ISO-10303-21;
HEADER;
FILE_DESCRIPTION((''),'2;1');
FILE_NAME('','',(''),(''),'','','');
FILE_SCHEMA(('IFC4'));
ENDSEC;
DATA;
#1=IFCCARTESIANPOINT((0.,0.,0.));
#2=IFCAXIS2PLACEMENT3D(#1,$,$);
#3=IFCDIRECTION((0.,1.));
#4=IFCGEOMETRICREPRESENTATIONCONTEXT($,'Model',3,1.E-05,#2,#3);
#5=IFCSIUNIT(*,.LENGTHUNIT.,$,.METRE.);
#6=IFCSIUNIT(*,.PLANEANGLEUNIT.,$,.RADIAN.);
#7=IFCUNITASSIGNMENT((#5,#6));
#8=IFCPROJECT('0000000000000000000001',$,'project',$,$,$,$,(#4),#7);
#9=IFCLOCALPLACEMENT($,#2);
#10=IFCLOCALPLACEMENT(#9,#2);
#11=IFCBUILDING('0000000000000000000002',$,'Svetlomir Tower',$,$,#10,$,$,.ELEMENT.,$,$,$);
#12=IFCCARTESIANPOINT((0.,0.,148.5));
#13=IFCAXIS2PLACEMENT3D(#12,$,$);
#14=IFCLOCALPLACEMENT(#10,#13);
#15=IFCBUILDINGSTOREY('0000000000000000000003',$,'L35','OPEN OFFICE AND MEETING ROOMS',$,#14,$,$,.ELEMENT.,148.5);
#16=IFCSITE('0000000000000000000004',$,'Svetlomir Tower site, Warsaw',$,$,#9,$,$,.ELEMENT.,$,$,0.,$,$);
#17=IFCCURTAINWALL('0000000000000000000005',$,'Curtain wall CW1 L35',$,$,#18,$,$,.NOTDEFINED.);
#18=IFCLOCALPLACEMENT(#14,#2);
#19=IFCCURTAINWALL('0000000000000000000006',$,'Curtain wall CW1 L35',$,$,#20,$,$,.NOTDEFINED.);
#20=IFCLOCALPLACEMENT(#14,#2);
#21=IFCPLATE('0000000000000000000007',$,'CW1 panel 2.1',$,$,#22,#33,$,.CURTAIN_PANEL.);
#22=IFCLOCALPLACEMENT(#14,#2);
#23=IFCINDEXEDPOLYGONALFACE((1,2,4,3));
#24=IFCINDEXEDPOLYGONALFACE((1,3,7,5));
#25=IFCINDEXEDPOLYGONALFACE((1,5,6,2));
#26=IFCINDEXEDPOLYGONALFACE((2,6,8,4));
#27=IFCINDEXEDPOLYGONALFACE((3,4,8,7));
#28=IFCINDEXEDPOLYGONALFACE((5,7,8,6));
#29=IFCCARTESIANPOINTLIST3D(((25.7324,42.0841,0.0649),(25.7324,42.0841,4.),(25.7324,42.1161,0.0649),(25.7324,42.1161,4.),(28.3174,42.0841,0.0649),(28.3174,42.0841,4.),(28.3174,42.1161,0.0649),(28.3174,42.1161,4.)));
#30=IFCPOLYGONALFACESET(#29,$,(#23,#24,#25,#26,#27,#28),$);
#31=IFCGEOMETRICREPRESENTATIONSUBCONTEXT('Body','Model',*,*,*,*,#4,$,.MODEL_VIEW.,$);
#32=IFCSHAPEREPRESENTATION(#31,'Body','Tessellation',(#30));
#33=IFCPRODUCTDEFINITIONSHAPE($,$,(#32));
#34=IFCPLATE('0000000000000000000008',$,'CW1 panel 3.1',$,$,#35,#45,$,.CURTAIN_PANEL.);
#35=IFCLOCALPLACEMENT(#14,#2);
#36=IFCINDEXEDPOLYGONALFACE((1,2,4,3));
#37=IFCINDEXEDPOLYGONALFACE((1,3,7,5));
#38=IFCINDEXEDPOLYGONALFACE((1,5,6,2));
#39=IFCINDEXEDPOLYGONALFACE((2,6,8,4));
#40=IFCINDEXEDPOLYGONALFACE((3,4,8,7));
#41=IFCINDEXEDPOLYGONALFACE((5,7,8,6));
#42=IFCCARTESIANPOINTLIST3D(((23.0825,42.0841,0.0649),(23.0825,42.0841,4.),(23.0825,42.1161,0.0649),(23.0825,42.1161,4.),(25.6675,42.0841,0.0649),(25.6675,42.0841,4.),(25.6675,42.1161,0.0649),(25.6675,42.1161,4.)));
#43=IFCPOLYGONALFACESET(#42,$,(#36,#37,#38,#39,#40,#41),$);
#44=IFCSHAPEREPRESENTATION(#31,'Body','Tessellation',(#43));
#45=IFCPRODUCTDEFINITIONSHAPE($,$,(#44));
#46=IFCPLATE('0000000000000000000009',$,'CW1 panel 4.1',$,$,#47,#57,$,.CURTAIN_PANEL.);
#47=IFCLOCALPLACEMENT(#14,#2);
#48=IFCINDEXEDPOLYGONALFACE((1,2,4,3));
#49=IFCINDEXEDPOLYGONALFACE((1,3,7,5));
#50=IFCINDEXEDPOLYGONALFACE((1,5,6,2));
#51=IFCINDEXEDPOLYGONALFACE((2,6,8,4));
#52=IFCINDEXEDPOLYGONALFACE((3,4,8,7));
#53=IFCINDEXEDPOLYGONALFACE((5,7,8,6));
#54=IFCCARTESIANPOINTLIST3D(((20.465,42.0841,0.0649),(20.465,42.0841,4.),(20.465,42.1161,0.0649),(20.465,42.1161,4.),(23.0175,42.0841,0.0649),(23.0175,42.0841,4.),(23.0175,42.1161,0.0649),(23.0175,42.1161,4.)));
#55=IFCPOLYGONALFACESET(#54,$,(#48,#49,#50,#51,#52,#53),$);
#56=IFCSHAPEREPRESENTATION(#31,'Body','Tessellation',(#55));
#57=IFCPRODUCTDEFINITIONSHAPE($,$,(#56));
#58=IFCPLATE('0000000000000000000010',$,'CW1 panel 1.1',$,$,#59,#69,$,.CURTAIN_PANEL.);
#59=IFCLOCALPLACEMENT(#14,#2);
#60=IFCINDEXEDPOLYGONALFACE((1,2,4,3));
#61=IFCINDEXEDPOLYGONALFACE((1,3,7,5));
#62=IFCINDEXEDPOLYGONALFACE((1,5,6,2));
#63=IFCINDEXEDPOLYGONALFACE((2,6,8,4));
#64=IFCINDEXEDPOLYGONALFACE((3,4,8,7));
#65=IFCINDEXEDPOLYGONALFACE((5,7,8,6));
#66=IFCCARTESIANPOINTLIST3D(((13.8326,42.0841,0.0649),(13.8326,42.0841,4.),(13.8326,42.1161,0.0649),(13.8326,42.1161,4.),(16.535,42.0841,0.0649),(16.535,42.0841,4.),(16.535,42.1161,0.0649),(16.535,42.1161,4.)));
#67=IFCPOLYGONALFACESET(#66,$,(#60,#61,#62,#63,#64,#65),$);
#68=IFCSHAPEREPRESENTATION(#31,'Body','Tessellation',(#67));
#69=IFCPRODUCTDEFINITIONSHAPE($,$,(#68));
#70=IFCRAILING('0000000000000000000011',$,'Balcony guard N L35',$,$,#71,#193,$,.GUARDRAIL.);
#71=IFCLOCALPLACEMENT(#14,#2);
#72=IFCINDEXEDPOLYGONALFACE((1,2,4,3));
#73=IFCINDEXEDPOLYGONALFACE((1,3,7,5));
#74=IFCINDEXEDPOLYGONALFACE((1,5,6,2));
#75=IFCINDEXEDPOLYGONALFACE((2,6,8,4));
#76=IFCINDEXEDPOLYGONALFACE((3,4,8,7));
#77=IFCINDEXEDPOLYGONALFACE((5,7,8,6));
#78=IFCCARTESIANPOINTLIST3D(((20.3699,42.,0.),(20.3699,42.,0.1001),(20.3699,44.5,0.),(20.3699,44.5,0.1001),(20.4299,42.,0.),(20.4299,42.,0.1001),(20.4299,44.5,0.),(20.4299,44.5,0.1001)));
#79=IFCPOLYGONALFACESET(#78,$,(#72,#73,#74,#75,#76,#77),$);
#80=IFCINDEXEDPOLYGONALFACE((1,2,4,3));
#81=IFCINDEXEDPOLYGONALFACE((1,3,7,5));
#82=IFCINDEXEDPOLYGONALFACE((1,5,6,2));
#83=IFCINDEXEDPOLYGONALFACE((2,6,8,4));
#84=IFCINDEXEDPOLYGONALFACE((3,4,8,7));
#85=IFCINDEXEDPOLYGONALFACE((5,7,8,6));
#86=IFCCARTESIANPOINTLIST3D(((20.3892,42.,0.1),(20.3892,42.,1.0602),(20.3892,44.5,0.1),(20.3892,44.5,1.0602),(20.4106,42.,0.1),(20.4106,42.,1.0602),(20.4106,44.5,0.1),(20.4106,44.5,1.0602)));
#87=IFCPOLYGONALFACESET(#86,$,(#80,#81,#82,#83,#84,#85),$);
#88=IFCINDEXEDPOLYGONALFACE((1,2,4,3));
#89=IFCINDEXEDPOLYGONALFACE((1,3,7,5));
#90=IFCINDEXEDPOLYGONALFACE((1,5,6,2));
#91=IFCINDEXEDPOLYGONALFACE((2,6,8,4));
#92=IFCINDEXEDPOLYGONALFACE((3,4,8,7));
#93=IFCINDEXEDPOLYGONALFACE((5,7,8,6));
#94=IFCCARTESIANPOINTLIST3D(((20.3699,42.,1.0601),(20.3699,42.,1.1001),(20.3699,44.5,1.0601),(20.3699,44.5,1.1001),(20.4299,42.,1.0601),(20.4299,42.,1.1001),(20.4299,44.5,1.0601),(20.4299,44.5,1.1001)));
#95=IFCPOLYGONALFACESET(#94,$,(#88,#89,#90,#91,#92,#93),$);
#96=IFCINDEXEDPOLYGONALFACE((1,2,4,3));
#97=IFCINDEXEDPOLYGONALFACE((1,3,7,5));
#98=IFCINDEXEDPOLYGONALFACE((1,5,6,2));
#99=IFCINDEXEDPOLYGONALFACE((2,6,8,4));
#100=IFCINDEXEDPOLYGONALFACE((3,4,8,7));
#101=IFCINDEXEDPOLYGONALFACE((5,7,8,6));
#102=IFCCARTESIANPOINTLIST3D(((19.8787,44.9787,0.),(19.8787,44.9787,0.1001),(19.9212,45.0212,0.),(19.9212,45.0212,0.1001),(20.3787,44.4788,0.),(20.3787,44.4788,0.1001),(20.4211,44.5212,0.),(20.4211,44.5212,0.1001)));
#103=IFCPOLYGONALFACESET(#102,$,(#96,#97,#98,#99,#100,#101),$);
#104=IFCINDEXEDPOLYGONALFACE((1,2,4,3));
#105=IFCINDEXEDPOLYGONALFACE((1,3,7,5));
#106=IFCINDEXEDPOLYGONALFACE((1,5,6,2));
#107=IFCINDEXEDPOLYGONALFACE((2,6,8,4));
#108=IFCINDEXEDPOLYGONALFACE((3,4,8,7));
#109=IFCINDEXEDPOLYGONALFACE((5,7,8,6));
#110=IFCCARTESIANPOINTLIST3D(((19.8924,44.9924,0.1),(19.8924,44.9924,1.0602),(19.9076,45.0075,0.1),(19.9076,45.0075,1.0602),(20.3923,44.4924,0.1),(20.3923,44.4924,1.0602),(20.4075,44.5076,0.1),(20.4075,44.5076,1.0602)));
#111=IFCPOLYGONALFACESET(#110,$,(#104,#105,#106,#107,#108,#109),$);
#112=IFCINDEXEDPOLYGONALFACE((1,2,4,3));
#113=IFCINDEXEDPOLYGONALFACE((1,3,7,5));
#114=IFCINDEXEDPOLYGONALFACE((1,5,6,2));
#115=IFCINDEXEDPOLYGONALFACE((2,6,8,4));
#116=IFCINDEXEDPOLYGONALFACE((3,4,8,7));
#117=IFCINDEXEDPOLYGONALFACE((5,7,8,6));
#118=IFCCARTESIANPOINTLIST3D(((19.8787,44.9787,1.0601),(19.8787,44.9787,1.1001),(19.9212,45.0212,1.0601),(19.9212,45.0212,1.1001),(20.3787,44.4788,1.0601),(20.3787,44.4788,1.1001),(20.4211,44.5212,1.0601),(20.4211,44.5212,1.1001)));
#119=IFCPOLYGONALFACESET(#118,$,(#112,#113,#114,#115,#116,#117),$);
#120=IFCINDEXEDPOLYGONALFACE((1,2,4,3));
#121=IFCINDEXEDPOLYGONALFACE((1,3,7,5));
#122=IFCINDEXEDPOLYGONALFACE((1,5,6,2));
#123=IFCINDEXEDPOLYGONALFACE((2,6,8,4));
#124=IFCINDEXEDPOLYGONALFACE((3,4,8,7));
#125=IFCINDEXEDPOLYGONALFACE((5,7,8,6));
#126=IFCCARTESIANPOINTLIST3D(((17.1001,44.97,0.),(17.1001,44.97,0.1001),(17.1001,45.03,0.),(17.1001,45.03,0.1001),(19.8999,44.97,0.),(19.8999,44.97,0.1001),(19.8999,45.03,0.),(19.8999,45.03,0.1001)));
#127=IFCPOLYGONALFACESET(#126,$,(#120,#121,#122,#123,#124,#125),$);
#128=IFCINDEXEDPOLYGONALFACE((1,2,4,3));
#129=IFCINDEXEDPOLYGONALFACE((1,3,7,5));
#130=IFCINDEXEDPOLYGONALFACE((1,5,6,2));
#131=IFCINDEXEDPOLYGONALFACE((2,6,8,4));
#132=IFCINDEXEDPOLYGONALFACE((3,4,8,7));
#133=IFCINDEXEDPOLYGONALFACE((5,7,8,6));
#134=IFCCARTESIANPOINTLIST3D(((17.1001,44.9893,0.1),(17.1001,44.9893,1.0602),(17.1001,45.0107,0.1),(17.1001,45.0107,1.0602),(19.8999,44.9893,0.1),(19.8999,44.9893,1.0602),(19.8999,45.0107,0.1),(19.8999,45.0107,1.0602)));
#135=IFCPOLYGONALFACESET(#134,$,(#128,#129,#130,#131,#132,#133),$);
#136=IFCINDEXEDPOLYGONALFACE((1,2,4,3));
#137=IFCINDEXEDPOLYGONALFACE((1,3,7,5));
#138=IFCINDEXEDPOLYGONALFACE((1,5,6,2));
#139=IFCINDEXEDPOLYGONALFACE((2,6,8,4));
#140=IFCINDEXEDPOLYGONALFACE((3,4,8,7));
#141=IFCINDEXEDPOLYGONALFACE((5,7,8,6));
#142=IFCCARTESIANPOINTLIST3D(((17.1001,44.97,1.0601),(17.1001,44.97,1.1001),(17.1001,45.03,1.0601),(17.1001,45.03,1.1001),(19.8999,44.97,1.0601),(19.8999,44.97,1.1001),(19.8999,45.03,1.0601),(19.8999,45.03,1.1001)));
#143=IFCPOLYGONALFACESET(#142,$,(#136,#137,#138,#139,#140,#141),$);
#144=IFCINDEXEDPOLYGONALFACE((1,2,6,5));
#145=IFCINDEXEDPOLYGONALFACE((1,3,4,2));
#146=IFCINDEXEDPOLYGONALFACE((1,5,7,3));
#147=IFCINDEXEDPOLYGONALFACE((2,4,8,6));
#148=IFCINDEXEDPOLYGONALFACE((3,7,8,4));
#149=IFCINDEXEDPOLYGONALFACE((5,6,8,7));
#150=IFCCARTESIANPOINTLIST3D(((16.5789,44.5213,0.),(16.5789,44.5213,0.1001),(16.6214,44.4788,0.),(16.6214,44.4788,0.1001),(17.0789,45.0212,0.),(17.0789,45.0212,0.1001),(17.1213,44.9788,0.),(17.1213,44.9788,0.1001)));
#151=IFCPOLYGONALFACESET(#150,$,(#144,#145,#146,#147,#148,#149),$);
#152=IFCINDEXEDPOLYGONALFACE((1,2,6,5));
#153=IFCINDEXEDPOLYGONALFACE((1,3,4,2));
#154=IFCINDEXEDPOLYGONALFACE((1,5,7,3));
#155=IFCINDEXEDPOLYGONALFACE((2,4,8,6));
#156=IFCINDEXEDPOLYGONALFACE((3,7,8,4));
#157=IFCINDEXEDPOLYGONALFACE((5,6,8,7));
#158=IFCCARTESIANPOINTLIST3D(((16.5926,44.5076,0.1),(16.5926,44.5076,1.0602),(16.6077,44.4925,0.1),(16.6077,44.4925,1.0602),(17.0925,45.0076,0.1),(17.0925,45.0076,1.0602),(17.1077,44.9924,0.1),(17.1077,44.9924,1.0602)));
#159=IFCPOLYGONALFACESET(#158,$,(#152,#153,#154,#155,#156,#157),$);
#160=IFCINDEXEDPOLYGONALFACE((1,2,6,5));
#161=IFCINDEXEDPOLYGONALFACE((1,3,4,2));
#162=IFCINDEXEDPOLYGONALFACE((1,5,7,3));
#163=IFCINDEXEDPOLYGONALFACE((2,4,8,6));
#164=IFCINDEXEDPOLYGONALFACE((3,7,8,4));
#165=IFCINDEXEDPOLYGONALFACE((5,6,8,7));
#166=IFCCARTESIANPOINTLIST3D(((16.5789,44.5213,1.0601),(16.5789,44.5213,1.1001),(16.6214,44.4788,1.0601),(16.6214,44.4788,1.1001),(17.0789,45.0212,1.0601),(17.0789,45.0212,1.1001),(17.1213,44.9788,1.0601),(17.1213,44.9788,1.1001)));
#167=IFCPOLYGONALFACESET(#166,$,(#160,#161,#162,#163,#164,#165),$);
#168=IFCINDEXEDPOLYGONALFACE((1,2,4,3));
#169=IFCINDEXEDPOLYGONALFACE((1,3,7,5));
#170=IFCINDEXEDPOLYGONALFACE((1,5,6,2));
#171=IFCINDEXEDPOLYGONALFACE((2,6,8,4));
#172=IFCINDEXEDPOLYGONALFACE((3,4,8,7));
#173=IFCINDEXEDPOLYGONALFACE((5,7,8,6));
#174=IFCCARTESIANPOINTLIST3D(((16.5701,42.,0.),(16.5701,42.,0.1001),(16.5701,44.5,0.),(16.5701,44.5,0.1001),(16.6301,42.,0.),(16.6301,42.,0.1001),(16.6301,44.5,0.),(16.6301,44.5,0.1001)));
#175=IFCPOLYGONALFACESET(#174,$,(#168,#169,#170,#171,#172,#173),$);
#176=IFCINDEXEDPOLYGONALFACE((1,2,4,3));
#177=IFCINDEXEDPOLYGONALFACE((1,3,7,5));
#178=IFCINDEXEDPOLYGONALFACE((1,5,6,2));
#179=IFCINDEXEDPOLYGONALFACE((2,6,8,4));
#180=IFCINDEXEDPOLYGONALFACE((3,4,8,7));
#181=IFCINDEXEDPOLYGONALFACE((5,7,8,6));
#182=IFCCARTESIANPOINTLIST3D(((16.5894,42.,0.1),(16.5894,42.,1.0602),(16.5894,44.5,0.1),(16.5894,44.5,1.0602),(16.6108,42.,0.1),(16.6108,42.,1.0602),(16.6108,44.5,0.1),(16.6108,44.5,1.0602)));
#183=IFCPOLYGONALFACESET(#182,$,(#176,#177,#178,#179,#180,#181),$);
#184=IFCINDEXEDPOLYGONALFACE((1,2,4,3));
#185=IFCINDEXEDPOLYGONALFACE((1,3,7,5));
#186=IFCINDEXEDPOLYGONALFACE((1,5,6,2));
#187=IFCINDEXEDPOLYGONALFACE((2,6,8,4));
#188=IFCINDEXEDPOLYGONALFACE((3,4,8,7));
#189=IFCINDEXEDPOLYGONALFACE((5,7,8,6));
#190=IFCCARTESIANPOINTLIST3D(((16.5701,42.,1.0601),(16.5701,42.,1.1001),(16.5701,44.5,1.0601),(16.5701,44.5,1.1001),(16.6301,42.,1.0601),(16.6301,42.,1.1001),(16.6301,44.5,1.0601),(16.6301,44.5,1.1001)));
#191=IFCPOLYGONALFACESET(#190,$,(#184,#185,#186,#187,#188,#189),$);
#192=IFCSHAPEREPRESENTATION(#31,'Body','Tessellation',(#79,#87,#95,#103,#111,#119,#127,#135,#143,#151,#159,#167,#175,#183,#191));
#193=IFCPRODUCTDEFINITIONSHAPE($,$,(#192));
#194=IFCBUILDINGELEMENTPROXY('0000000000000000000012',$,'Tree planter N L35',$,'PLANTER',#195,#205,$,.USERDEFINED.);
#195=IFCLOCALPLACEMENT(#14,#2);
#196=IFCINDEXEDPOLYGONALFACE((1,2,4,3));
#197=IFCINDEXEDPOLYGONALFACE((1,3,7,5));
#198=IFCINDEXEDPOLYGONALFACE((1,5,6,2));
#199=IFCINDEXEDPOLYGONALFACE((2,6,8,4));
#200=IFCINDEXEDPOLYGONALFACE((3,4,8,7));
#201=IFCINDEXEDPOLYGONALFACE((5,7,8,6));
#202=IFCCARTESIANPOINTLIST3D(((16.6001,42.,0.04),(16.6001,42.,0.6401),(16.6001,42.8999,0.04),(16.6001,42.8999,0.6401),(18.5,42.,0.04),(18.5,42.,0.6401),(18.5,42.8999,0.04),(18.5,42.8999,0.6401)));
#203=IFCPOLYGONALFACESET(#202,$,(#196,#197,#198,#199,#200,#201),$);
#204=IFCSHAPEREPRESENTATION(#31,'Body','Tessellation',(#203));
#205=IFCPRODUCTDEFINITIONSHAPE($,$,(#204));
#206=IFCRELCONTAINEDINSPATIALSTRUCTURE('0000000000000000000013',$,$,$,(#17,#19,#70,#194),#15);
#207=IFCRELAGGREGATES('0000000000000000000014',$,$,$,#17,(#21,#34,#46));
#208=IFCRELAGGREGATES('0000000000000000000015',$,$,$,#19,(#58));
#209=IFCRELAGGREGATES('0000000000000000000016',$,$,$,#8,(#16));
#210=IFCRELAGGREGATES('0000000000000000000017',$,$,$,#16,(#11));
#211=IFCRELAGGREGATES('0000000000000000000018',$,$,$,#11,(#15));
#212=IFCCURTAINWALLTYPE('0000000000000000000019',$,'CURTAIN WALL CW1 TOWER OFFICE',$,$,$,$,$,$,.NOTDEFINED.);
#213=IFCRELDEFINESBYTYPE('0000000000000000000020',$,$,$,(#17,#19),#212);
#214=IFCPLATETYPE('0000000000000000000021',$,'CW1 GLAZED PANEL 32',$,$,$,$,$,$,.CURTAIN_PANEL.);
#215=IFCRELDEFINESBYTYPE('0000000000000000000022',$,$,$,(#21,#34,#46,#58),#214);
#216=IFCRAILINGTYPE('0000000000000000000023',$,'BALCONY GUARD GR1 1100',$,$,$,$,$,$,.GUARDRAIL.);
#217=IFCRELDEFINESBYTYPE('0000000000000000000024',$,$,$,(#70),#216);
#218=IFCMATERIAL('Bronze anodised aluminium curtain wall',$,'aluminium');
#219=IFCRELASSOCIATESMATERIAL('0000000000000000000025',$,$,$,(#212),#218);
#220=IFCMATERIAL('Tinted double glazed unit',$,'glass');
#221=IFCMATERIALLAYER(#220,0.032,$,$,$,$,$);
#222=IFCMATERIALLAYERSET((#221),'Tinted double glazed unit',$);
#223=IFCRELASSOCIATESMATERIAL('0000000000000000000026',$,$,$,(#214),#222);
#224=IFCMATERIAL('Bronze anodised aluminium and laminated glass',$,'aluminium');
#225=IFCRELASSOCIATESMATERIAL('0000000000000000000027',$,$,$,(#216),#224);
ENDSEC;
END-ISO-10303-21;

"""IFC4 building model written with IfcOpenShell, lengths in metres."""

from ifc_helpers import new_model, si_unit, direction, frame, origin, origin_2d, place, context, subcontext, project, spatial, rectangle, extrude, material, layer, layer_set, type_object, element, aggregate, save


model = new_model("IFC4")

# Units and contexts
model_context = context("Model", 3, precision=1e-05, world=origin(), true_north=direction((0.0, 1.0)))
body_context = subcontext(model_context, "Body", "Model", "MODEL_VIEW")
ifc_project = project(units=[si_unit("LENGTHUNIT", "METRE"), si_unit("PLANEANGLEUNIT", "RADIAN")], contexts=[model_context])

# Site, building, storey
site_placement = place(None, origin())
site = spatial("IfcSite", under=ifc_project, at=site_placement, Name="Svetlomir Tower site, Warsaw", CompositionType="ELEMENT", RefElevation=0.0)
building_placement = place(site_placement, origin())
building = spatial("IfcBuilding", under=site, at=building_placement, Name="Svetlomir Tower", CompositionType="ELEMENT")
storey_placement = place(building_placement, frame((0.0, 0.0, 148.5)))
storey = spatial("IfcBuildingStorey", under=building, at=storey_placement, Name="L35", Description="OPEN OFFICE AND MEETING ROOMS", CompositionType="ELEMENT", Elevation=148.5)

# Curtain wall
ifc_material_1 = material(Name="Bronze anodised aluminium curtain wall", Category="aluminium")
curtain_wall_type = type_object("IfcCurtainWallType", Name="CURTAIN WALL CW1 TOWER OFFICE", PredefinedType="NOTDEFINED", material=ifc_material_1)
curtain_wall_1_placement = place(storey_placement, origin())
curtain_wall_1 = element("IfcCurtainWall", 1, at=curtain_wall_1_placement, inside=storey, type_object=curtain_wall_type, Name="Curtain wall CW1 L35", PredefinedType="NOTDEFINED")

# Curtain wall
curtain_wall_2_placement = place(storey_placement, origin())
curtain_wall_2 = element("IfcCurtainWall", 2, at=curtain_wall_2_placement, inside=storey, type_object=curtain_wall_type, Name="Curtain wall CW1 L35", PredefinedType="NOTDEFINED")

# Plates
ifc_material_2 = material(Name="Tinted double glazed unit", Category="glass")
ifc_layer_1 = layer(ifc_material_2, 0.032)
ifc_layer_set_1 = layer_set([ifc_layer_1], Name="Tinted double glazed unit")
plate_type = type_object("IfcPlateType", Name="CW1 GLAZED PANEL 32", PredefinedType="CURTAIN_PANEL", material=ifc_layer_set_1)
plate_1_placement = place(storey_placement, frame((27.0249, 42.1001, 0.0649), z_axis=(0.0, 0.0, 1.0), x_axis=(-1.0, 0.0, 0.0)))
plate_1 = element("IfcPlate", 3, at=plate_1_placement, type_object=plate_type, Name="CW1 panel 2.1", PredefinedType="CURTAIN_PANEL", context=body_context, shape_type="SweptSolid", body=[
    extrude(rectangle(XDim=2.585, YDim=0.032, at=origin_2d()), origin(), (0.0, 0.0, 1.0), 3.9351),
])
plate_2_placement = place(storey_placement, frame((24.375, 42.1001, 0.0649), z_axis=(0.0, 0.0, 1.0), x_axis=(-1.0, 0.0, 0.0)))
plate_2 = element("IfcPlate", 4, at=plate_2_placement, type_object=plate_type, Name="CW1 panel 3.1", PredefinedType="CURTAIN_PANEL", context=body_context, shape_type="SweptSolid", body=[
    extrude(rectangle(XDim=2.585, YDim=0.032, at=origin_2d()), origin(), (0.0, 0.0, 1.0), 3.9351),
])
plate_3_placement = place(storey_placement, frame((21.7412, 42.1001, 0.0649), z_axis=(0.0, 0.0, 1.0), x_axis=(-1.0, 0.0, 0.0)))
plate_3 = element("IfcPlate", 5, at=plate_3_placement, type_object=plate_type, Name="CW1 panel 4.1", PredefinedType="CURTAIN_PANEL", context=body_context, shape_type="SweptSolid", body=[
    extrude(rectangle(XDim=2.5525, YDim=0.032, at=origin_2d()), origin(), (0.0, 0.0, 1.0), 3.9351),
])
aggregate(curtain_wall_1, [plate_1, plate_2, plate_3])
plate_4_placement = place(storey_placement, frame((15.1838, 42.1001, 0.0649), z_axis=(0.0, 0.0, 1.0), x_axis=(-1.0, 0.0, 0.0)))
plate_4 = element("IfcPlate", 6, at=plate_4_placement, type_object=plate_type, Name="CW1 panel 1.1", PredefinedType="CURTAIN_PANEL", context=body_context, shape_type="SweptSolid", body=[
    extrude(rectangle(XDim=2.7024, YDim=0.032, at=origin_2d()), origin(), (0.0, 0.0, 1.0), 3.9351),
])
aggregate(curtain_wall_2, [plate_4])

# Railing
ifc_material_3 = material(Name="Bronze anodised aluminium and laminated glass", Category="aluminium")
railing_type = type_object("IfcRailingType", Name="BALCONY GUARD GR1 1100", PredefinedType="GUARDRAIL", material=ifc_material_3)
railing_placement = place(storey_placement, frame((20.3999, 42.0, 0.0)))
element("IfcRailing", 7, at=railing_placement, inside=storey, type_object=railing_type, Name="Balcony guard N L35", PredefinedType="GUARDRAIL", context=body_context, shape_type="SweptSolid", body=[
    extrude(rectangle(XDim=0.0601, YDim=0.1001, at=origin_2d()), frame((0.0, 0.0, 0.05), z_axis=(0.0, 1.0, 0.0), x_axis=(-1.0, 0.0, 0.0)), (0.0, 0.0, 1.0), 2.5),
    extrude(rectangle(XDim=0.0215, YDim=0.9602, at=origin_2d()), frame((0.0, 0.0, 0.5801), z_axis=(0.0, 1.0, 0.0), x_axis=(-1.0, 0.0, 0.0)), (0.0, 0.0, 1.0), 2.5),
    extrude(rectangle(XDim=0.0601, YDim=0.04, at=origin_2d()), frame((0.0, 0.0, 1.0801), z_axis=(0.0, 1.0, 0.0), x_axis=(-1.0, 0.0, 0.0)), (0.0, 0.0, 1.0), 2.5),
    extrude(rectangle(XDim=0.0601, YDim=0.1001, at=origin_2d()), frame((0.0, 2.5, 0.05), z_axis=(-0.707107, 0.707107, 0.0), x_axis=(-0.707107, -0.707107, 0.0)), (0.0, 0.0, 1.0), 0.707),
    extrude(rectangle(XDim=0.0215, YDim=0.9602, at=origin_2d()), frame((0.0, 2.5, 0.5801), z_axis=(-0.707107, 0.707107, 0.0), x_axis=(-0.707107, -0.707107, 0.0)), (0.0, 0.0, 1.0), 0.707),
    extrude(rectangle(XDim=0.0601, YDim=0.04, at=origin_2d()), frame((0.0, 2.5, 1.0801), z_axis=(-0.707107, 0.707107, 0.0), x_axis=(-0.707107, -0.707107, 0.0)), (0.0, 0.0, 1.0), 0.707),
    extrude(rectangle(XDim=0.0601, YDim=0.1001, at=origin_2d()), frame((-0.5, 3.0, 0.05), z_axis=(-1.0, 0.0, 0.0), x_axis=(0.0, -1.0, 0.0)), (0.0, 0.0, 1.0), 2.7998),
    extrude(rectangle(XDim=0.0215, YDim=0.9602, at=origin_2d()), frame((-0.5, 3.0, 0.5801), z_axis=(-1.0, 0.0, 0.0), x_axis=(0.0, -1.0, 0.0)), (0.0, 0.0, 1.0), 2.7998),
    extrude(rectangle(XDim=0.0601, YDim=0.04, at=origin_2d()), frame((-0.5, 3.0, 1.0801), z_axis=(-1.0, 0.0, 0.0), x_axis=(0.0, -1.0, 0.0)), (0.0, 0.0, 1.0), 2.7998),
    extrude(rectangle(XDim=0.0601, YDim=0.1001, at=origin_2d()), frame((-3.2998, 3.0, 0.05), z_axis=(-0.707107, -0.707107, 0.0), x_axis=(0.707107, -0.707107, 0.0)), (0.0, 0.0, 1.0), 0.707),
    extrude(rectangle(XDim=0.0215, YDim=0.9602, at=origin_2d()), frame((-3.2998, 3.0, 0.5801), z_axis=(-0.707107, -0.707107, 0.0), x_axis=(0.707107, -0.707107, 0.0)), (0.0, 0.0, 1.0), 0.707),
    extrude(rectangle(XDim=0.0601, YDim=0.04, at=origin_2d()), frame((-3.2998, 3.0, 1.0801), z_axis=(-0.707107, -0.707107, 0.0), x_axis=(0.707107, -0.707107, 0.0)), (0.0, 0.0, 1.0), 0.707),
    extrude(rectangle(XDim=0.0601, YDim=0.1001, at=origin_2d()), frame((-3.7998, 2.5, 0.05), z_axis=(0.0, -1.0, 0.0), x_axis=(1.0, 0.0, 0.0)), (0.0, 0.0, 1.0), 2.5),
    extrude(rectangle(XDim=0.0215, YDim=0.9602, at=origin_2d()), frame((-3.7998, 2.5, 0.5801), z_axis=(0.0, -1.0, 0.0), x_axis=(1.0, 0.0, 0.0)), (0.0, 0.0, 1.0), 2.5),
    extrude(rectangle(XDim=0.0601, YDim=0.04, at=origin_2d()), frame((-3.7998, 2.5, 1.0801), z_axis=(0.0, -1.0, 0.0), x_axis=(1.0, 0.0, 0.0)), (0.0, 0.0, 1.0), 2.5),
])

# Building element proxy
proxy_placement = place(storey_placement, frame((17.55, 42.45, 0.04), z_axis=(0.0, 0.0, 1.0), x_axis=(1.0, 0.0, 0.0)))
element("IfcBuildingElementProxy", 8, at=proxy_placement, inside=storey, Name="Tree planter N L35", ObjectType="PLANTER", PredefinedType="USERDEFINED", context=body_context, shape_type="SweptSolid", body=[
    extrude(rectangle(XDim=1.8999, YDim=0.8999, at=origin_2d()), origin(), (0.0, 0.0, 1.0), 0.6001),
])

save(model, "model.ifc")
